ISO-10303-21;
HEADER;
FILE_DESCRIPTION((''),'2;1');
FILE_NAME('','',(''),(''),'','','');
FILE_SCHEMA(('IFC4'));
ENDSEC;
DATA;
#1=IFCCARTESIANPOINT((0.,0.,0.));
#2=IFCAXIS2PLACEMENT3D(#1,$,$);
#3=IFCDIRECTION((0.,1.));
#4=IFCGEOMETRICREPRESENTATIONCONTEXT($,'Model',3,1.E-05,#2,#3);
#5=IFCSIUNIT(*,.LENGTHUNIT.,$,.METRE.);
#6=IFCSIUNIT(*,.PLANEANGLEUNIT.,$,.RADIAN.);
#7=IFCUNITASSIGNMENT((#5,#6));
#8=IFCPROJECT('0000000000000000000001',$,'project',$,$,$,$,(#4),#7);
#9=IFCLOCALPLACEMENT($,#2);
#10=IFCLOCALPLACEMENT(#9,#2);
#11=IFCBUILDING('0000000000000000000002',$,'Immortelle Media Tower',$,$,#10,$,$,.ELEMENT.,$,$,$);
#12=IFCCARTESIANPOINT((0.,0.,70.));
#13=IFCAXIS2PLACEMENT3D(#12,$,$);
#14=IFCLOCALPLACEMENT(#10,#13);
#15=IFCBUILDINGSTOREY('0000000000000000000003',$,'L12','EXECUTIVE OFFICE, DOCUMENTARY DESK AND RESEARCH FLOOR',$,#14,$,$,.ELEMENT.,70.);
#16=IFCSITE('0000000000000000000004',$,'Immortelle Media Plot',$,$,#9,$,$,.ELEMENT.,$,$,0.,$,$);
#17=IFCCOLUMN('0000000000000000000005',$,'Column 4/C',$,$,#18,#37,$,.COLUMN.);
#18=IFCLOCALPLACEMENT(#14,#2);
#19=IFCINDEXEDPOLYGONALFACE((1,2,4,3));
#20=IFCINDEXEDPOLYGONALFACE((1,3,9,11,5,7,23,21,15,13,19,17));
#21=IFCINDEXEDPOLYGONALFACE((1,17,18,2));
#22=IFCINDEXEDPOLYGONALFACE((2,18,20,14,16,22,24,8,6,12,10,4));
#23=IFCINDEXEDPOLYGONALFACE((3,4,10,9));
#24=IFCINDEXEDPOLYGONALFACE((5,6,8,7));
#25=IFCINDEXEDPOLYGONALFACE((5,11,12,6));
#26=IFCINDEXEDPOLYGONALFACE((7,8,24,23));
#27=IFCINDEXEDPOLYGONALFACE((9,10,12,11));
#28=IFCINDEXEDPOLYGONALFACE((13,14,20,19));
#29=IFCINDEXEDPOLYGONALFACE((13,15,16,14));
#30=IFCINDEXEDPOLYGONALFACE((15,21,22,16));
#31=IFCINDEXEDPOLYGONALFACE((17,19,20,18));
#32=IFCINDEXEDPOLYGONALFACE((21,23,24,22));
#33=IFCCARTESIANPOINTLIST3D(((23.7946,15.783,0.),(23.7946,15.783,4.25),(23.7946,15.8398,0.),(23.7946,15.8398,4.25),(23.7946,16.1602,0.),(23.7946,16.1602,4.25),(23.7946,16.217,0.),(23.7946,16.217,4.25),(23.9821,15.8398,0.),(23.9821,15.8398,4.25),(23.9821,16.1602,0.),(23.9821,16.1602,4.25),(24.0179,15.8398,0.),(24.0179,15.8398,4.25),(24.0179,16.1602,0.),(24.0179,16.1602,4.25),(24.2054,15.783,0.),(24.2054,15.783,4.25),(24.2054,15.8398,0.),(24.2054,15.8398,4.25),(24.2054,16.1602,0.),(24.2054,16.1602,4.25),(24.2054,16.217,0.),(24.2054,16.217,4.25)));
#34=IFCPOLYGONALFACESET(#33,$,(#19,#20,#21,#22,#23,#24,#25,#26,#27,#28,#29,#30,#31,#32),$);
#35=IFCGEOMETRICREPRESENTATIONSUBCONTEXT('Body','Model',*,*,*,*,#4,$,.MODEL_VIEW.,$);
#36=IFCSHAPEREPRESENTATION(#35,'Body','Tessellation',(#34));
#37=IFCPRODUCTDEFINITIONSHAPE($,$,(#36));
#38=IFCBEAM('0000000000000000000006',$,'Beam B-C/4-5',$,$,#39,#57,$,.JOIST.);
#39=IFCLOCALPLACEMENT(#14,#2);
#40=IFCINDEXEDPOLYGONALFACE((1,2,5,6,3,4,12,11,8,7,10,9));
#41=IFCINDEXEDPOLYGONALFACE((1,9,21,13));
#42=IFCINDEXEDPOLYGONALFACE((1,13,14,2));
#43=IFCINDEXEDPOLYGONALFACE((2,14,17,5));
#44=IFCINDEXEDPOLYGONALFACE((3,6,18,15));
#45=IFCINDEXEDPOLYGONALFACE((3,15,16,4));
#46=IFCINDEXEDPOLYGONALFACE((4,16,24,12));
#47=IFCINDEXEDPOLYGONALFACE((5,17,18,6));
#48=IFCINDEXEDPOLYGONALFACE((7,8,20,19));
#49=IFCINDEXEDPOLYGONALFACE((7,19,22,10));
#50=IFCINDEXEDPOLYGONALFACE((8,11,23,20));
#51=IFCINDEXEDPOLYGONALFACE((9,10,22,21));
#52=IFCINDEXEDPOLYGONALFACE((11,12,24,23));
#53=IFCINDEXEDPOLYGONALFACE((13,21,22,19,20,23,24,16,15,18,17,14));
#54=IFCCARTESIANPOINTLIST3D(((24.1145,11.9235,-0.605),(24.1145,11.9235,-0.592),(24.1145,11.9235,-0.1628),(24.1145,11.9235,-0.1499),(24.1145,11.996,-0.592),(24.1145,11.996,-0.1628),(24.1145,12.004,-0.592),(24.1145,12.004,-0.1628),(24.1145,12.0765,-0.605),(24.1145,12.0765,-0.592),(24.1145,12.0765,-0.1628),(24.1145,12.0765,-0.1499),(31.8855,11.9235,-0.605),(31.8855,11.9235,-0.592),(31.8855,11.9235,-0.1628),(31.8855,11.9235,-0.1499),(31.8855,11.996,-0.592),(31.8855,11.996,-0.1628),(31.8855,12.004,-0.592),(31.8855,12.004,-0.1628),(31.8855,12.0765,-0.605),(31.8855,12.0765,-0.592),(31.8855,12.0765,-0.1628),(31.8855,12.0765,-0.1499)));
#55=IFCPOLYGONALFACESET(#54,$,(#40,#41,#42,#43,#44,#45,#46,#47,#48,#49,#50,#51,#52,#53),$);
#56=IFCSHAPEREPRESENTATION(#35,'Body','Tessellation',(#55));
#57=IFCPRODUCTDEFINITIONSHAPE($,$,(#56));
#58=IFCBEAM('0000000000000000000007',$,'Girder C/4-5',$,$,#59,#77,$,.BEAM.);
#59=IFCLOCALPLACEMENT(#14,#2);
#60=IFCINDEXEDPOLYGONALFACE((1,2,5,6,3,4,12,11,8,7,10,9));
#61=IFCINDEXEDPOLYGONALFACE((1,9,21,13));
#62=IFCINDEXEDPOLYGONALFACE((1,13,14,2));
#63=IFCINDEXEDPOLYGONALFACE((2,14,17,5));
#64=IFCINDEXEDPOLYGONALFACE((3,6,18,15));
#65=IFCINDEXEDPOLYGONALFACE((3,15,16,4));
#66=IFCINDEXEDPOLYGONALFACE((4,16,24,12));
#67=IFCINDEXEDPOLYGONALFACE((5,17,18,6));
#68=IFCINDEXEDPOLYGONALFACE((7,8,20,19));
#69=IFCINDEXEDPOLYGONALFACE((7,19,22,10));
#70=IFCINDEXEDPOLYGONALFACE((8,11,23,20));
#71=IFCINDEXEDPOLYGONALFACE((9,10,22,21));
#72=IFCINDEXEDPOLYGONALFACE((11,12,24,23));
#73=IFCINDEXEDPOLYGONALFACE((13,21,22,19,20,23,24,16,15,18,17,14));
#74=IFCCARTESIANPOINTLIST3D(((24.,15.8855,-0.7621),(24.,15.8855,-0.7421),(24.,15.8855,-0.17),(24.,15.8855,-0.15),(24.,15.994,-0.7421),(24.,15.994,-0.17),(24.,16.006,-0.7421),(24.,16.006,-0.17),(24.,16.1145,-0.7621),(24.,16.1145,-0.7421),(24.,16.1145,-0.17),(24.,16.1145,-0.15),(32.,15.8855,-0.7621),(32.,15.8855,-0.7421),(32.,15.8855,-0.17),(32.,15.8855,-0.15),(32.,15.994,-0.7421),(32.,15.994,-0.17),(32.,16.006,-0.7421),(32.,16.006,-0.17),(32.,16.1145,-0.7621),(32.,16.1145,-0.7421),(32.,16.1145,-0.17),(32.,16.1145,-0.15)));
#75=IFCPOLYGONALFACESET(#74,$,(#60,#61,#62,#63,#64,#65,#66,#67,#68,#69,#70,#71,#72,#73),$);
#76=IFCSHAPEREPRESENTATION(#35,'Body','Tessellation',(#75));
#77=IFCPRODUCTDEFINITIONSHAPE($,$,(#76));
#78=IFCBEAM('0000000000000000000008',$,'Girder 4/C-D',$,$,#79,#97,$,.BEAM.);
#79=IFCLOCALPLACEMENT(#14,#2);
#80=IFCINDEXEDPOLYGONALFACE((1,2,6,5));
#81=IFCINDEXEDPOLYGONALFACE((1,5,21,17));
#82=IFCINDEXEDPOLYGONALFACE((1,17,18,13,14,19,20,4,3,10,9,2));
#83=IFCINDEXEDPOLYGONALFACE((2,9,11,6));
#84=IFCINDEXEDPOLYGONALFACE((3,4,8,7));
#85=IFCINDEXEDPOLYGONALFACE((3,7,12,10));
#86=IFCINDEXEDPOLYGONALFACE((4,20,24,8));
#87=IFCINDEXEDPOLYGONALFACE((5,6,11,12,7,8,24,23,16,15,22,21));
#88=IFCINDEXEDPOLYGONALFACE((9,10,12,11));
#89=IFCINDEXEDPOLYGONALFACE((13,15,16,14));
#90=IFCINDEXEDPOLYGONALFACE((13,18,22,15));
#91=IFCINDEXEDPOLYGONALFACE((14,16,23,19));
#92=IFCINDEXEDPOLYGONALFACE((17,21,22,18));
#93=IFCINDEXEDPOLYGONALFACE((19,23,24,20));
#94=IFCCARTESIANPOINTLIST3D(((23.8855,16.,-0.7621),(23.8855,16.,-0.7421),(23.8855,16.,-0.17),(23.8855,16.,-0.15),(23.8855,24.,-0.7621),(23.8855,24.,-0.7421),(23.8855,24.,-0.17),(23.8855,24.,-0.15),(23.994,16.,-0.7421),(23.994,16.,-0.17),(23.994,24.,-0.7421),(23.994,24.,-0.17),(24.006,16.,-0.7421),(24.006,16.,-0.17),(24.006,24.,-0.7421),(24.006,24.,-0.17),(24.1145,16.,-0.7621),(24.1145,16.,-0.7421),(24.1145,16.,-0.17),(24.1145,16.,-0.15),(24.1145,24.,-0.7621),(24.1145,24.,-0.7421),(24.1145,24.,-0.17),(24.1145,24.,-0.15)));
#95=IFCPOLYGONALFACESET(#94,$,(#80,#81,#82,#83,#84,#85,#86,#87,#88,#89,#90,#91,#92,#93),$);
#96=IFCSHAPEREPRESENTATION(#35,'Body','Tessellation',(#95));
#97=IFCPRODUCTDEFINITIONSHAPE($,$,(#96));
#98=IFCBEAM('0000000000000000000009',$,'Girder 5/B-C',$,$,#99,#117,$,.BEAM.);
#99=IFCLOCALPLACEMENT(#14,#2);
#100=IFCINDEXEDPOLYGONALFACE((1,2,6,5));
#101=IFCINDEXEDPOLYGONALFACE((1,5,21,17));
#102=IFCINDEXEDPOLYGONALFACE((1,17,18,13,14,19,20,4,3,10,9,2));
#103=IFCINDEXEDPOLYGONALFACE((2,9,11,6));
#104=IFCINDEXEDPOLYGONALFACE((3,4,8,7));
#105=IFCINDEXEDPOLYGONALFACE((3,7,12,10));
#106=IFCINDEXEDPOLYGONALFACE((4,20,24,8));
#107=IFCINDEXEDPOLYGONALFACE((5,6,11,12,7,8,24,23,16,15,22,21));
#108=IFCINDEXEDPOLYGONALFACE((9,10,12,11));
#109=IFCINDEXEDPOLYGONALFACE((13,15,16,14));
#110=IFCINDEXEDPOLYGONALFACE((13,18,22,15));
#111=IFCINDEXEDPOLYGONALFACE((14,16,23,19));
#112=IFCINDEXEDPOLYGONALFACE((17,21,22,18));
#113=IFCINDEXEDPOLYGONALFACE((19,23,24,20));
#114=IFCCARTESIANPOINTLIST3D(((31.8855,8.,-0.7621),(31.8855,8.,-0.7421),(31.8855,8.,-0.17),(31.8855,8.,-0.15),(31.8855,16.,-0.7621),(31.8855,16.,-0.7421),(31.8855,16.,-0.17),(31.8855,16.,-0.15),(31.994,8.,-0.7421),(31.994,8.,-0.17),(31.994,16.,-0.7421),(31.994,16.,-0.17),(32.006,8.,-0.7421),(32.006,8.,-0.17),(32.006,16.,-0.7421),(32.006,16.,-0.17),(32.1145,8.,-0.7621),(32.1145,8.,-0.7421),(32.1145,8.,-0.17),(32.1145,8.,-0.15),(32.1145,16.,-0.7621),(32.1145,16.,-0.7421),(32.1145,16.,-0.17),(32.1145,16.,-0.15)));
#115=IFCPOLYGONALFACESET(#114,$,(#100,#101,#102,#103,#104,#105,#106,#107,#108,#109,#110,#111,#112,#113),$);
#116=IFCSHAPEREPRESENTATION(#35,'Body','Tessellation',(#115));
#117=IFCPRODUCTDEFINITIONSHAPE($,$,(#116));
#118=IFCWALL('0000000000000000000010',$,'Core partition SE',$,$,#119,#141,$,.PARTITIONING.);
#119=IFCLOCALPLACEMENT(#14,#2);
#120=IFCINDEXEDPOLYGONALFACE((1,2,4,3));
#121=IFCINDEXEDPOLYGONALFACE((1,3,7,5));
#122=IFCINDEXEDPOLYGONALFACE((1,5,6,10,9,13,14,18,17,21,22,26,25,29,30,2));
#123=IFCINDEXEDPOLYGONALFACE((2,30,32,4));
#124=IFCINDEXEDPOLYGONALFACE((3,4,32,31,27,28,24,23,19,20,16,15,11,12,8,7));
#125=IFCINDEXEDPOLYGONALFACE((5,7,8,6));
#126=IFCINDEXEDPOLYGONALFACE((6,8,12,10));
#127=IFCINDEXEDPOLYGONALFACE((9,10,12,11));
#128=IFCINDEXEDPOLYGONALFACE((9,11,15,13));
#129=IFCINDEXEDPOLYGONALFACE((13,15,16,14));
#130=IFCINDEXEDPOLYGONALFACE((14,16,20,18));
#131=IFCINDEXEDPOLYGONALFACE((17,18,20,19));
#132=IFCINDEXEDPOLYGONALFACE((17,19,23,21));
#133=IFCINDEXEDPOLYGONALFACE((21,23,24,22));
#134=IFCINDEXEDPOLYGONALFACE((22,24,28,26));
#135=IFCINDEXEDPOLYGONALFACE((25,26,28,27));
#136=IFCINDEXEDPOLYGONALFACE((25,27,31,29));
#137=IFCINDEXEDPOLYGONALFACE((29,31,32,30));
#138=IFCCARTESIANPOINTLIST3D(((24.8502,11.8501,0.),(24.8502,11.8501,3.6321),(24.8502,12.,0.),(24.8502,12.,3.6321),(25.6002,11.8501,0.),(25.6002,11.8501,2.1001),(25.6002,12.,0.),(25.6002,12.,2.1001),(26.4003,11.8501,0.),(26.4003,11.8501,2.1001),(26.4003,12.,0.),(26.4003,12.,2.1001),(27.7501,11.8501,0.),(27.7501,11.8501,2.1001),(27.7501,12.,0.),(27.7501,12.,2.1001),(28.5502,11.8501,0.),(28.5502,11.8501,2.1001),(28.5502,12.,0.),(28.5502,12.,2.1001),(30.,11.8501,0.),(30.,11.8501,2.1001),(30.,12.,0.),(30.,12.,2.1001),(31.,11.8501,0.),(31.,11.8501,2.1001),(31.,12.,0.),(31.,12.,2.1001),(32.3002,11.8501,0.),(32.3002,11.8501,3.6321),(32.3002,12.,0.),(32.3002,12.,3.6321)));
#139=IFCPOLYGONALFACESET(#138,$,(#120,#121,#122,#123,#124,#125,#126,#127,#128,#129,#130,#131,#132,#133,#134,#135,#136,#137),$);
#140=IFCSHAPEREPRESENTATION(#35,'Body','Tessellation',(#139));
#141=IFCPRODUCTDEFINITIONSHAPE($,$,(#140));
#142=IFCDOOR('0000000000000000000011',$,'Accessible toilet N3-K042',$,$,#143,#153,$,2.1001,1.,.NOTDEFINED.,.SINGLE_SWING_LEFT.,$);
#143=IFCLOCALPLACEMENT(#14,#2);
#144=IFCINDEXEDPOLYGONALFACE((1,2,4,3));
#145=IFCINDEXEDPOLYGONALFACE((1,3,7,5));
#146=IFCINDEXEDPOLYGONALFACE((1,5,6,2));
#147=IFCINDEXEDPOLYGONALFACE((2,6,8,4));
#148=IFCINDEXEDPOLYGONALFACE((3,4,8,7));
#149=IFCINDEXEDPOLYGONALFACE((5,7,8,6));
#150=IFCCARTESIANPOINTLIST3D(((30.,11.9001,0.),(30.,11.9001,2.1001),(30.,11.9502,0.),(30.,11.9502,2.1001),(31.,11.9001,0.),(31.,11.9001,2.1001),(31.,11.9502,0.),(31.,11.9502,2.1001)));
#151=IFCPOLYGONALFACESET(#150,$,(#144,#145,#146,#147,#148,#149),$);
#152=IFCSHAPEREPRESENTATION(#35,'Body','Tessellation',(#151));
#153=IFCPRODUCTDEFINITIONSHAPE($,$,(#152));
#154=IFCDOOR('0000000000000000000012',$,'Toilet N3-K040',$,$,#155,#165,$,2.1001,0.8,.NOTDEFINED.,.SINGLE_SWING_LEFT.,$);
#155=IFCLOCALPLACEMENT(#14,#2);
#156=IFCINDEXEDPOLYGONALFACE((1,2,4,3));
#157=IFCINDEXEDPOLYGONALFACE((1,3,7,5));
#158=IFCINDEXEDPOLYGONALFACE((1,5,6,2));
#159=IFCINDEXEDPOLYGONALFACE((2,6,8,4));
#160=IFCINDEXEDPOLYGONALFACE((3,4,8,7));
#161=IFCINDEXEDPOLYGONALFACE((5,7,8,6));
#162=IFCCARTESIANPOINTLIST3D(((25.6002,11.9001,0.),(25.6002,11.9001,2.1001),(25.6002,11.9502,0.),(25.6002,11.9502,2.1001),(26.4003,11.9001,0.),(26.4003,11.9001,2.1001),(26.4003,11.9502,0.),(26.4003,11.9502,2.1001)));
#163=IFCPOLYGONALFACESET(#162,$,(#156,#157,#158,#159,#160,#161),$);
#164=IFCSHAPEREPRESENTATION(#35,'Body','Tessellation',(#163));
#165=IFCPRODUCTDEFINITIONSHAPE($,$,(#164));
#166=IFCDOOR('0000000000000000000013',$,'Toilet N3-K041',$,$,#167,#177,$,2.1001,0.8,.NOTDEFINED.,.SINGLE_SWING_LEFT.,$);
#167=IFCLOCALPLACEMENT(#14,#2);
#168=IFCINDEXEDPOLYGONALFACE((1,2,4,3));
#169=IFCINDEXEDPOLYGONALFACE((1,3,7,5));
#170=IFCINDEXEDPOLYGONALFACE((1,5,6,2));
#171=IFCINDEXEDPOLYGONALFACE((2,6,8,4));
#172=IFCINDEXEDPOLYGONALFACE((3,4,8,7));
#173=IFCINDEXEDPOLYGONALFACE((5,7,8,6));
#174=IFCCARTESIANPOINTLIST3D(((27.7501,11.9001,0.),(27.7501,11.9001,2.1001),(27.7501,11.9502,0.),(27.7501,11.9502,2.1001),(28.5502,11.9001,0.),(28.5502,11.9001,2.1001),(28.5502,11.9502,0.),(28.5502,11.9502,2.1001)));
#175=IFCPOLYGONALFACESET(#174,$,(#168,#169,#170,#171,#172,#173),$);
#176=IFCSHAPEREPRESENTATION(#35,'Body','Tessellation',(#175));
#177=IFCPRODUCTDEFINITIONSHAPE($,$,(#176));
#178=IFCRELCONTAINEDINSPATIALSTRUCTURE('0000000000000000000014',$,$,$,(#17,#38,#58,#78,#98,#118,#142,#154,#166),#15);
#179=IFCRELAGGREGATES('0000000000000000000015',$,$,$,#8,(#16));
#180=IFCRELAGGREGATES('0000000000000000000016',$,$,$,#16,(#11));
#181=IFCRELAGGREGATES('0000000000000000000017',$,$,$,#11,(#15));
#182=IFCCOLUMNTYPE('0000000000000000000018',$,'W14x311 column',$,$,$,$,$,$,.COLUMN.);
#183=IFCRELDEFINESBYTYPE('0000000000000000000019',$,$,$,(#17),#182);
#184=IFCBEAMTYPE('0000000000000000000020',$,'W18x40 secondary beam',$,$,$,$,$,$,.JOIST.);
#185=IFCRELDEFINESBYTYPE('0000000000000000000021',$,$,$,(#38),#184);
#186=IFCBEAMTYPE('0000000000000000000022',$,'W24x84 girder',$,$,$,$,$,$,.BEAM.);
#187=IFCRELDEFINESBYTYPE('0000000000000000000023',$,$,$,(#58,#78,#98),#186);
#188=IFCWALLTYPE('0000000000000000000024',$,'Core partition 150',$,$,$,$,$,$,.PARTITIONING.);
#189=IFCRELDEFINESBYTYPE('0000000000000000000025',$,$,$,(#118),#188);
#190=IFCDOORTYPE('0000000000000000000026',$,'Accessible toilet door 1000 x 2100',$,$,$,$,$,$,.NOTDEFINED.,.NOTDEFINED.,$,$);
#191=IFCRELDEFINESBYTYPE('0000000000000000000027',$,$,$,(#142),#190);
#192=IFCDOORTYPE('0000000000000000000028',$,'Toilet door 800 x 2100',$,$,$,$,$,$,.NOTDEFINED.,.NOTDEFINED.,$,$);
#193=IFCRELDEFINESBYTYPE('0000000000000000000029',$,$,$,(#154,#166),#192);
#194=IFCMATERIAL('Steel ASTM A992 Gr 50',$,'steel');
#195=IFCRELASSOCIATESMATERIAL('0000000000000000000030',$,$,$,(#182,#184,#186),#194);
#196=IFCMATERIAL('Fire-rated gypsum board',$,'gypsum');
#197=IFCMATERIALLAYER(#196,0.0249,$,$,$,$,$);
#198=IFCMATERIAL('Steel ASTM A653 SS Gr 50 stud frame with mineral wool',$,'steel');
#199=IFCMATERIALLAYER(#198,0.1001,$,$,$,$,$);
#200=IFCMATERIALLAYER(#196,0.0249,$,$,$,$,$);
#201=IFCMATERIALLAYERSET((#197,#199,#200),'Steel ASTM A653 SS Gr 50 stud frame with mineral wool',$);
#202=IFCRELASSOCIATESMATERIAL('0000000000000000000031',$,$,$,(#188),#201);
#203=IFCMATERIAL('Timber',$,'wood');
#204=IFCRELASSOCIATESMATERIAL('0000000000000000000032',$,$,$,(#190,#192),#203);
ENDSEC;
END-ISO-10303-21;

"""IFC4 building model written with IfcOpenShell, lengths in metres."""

from ifc_helpers import new_model, si_unit, direction, frame, frame_2d, origin, origin_2d, place, context, subcontext, project, spatial, rectangle, i_section, extrude, material, layer, layer_set, material_profile, profile_set, type_object, element, fill, save


model = new_model("IFC4")

# Units and contexts
model_context = context("Model", 3, precision=1e-05, world=origin(), true_north=direction((0.0, 1.0)))
body_context = subcontext(model_context, "Body", "Model", "MODEL_VIEW")
ifc_project = project(units=[si_unit("LENGTHUNIT", "METRE"), si_unit("PLANEANGLEUNIT", "RADIAN")], contexts=[model_context])

# Site, building, storey
site_placement = place(None, origin())
site = spatial("IfcSite", under=ifc_project, at=site_placement, Name="Immortelle Media Plot", CompositionType="ELEMENT", RefElevation=0.0)
building_placement = place(site_placement, origin())
building = spatial("IfcBuilding", under=site, at=building_placement, Name="Immortelle Media Tower", CompositionType="ELEMENT")
storey_placement = place(building_placement, frame((0.0, 0.0, 70.0)))
storey = spatial("IfcBuildingStorey", under=building, at=storey_placement, Name="L12", Description="EXECUTIVE OFFICE, DOCUMENTARY DESK AND RESEARCH FLOOR", CompositionType="ELEMENT", Elevation=70.0)

# Column
ifc_material_1 = material(Name="Steel ASTM A992 Gr 50", Category="steel")
ifc_material_profile_1 = material_profile(ifc_material_1, i_section(OverallWidth=0.4109, OverallDepth=0.4341, WebThickness=0.0359, FlangeThickness=0.0569, at=origin_2d()), Name="W14x311")
ifc_profile_set_1 = profile_set([ifc_material_profile_1], Name="Steel ASTM A992 Gr 50")
column_type = type_object("IfcColumnType", Name="W14x311 column", PredefinedType="COLUMN", material=ifc_profile_set_1)
column_placement = place(storey_placement, frame((24.0, 16.0, 0.0), z_axis=(0.0, 0.0, 1.0), x_axis=(1.0, 0.0, 0.0)))
element("IfcColumn", 1, at=column_placement, inside=storey, type_object=column_type, Name="Column 4/C", PredefinedType="COLUMN", context=body_context, shape_type="SweptSolid", body=[
    extrude(i_section(OverallWidth=0.4109, OverallDepth=0.4341, WebThickness=0.0359, FlangeThickness=0.0569, at=origin_2d()), origin(), (0.0, 0.0, 1.0), 4.25),
])

# Beams
ifc_material_profile_2 = material_profile(ifc_material_1, i_section(OverallWidth=0.1531, OverallDepth=0.4551, WebThickness=0.0081, FlangeThickness=0.0129, at=origin_2d()), Name="W18x40")
ifc_profile_set_2 = profile_set([ifc_material_profile_2], Name="Steel ASTM A992 Gr 50")
beam_type_1 = type_object("IfcBeamType", Name="W18x40 secondary beam", PredefinedType="JOIST", material=ifc_profile_set_2)
beam_placement = place(storey_placement, frame((24.1145, 12.0, -0.3774), z_axis=(1.0, 0.0, 0.0), x_axis=(0.0, 1.0, 0.0)))
element("IfcBeam", 2, at=beam_placement, inside=storey, type_object=beam_type_1, Name="Beam B-C/4-5", PredefinedType="JOIST", context=body_context, shape_type="SweptSolid", body=[
    extrude(i_section(OverallWidth=0.1531, OverallDepth=0.4551, WebThickness=0.0081, FlangeThickness=0.0129, at=origin_2d()), origin(), (0.0, 0.0, 1.0), 7.771),
])
ifc_material_profile_3 = material_profile(ifc_material_1, i_section(OverallWidth=0.229, OverallDepth=0.6121, WebThickness=0.012, FlangeThickness=0.02, at=origin_2d()), Name="W24x84")
ifc_profile_set_3 = profile_set([ifc_material_profile_3], Name="Steel ASTM A992 Gr 50")
beam_type_2 = type_object("IfcBeamType", Name="W24x84 girder", PredefinedType="BEAM", material=ifc_profile_set_3)
for number, where, z_axis, x_axis, name in (
    (3, (24.0, 16.0, -0.4561), (1.0, 0.0, 0.0), (0.0, 1.0, 0.0), "Girder C/4-5"),
    (4, (24.0, 16.0, -0.4561), (0.0, 1.0, 0.0), (-1.0, 0.0, 0.0), "Girder 4/C-D"),
    (5, (32.0, 8.0, -0.4561), (0.0, 1.0, 0.0), (-1.0, 0.0, 0.0), "Girder 5/B-C"),
):
    element("IfcBeam", number, at=place(storey_placement, frame(where, z_axis=z_axis, x_axis=x_axis)), inside=storey, type_object=beam_type_2, Name=name, PredefinedType="BEAM", context=body_context, shape_type="SweptSolid", body=[
        extrude(i_section(OverallWidth=0.229, OverallDepth=0.6121, WebThickness=0.012, FlangeThickness=0.02, at=origin_2d()), origin(), (0.0, 0.0, 1.0), 8.0),
    ])

# Wall, openings, doors
ifc_material_2 = material(Name="Fire-rated gypsum board", Category="gypsum")
ifc_layer_1 = layer(ifc_material_2, 0.0249)
ifc_material_3 = material(Name="Steel ASTM A653 SS Gr 50 stud frame with mineral wool", Category="steel")
ifc_layer_2 = layer(ifc_material_3, 0.1001)
ifc_layer_3 = layer(ifc_material_2, 0.0249)
ifc_layer_set_1 = layer_set([ifc_layer_1, ifc_layer_2, ifc_layer_3], Name="Steel ASTM A653 SS Gr 50 stud frame with mineral wool")
wall_type_1 = type_object("IfcWallType", Name="Core partition 150", PredefinedType="PARTITIONING", material=ifc_layer_set_1)
wall_1_placement = place(storey_placement, frame((24.8501, 11.925, 0.0), z_axis=(0.0, 0.0, 1.0), x_axis=(1.0, 0.0, 0.0)))
wall_1 = element("IfcWall", 6, at=wall_1_placement, inside=storey, type_object=wall_type_1, Name="Core partition SE", PredefinedType="PARTITIONING", context=body_context, shape_type="SweptSolid", body=[
    extrude(rectangle(XDim=7.45, YDim=0.1499, at=frame_2d((3.7251, 0.0))), origin(), (0.0, 0.0, 1.0), 3.6321),
])
opening_1_placement = place(wall_1_placement, frame((1.55, 0.0, 0.0), z_axis=(0.0, 0.0, 1.0), x_axis=(-1.0, 0.0, 0.0)))
opening_1 = element("IfcOpeningElement", 7, at=opening_1_placement, cuts=wall_1, PredefinedType="OPENING", context=body_context, shape_type="SweptSolid", body=[
    extrude(rectangle(XDim=0.8, YDim=2.1001, at=frame_2d((0.3999, 1.05))), frame((0.0, 0.085, 0.0), z_axis=(0.0, -1.0, 0.0), x_axis=(1.0, 0.0, 0.0)), (0.0, 0.0, 1.0), 0.1699),
])
opening_2_placement = place(wall_1_placement, frame((3.7, 0.0, 0.0), z_axis=(0.0, 0.0, 1.0), x_axis=(-1.0, 0.0, 0.0)))
opening_2 = element("IfcOpeningElement", 8, at=opening_2_placement, cuts=wall_1, PredefinedType="OPENING", context=body_context, shape_type="SweptSolid", body=[
    extrude(rectangle(XDim=0.8, YDim=2.1001, at=frame_2d((0.3999, 1.05))), frame((0.0, 0.085, 0.0), z_axis=(0.0, -1.0, 0.0), x_axis=(1.0, 0.0, 0.0)), (0.0, 0.0, 1.0), 0.1699),
])
opening_3_placement = place(wall_1_placement, frame((6.1499, 0.0, 0.0), z_axis=(0.0, 0.0, 1.0), x_axis=(-1.0, 0.0, 0.0)))
opening_3 = element("IfcOpeningElement", 9, at=opening_3_placement, cuts=wall_1, PredefinedType="OPENING", context=body_context, shape_type="SweptSolid", body=[
    extrude(rectangle(XDim=1.0, YDim=2.1001, at=frame_2d((0.5, 1.05))), frame((0.0, 0.085, 0.0), z_axis=(0.0, -1.0, 0.0), x_axis=(1.0, 0.0, 0.0)), (0.0, 0.0, 1.0), 0.1699),
])
ifc_material_4 = material(Name="Timber", Category="wood")
door_type_1 = type_object("IfcDoorType", Name="Accessible toilet door 1000 x 2100", OperationType="NOTDEFINED", PredefinedType="NOTDEFINED", material=ifc_material_4)
door_1_placement = place(opening_3_placement, origin())
door_1 = element("IfcDoor", 10, at=door_1_placement, inside=storey, type_object=door_type_1, Name="Accessible toilet N3-K042", OperationType="SINGLE_SWING_LEFT", OverallHeight=2.1001, OverallWidth=1.0, PredefinedType="NOTDEFINED", context=body_context, shape_type="SweptSolid", body=[
    extrude(rectangle(XDim=1.0, YDim=2.1001, at=frame_2d((0.5, 1.05))), frame((0.0, 0.0249, 0.0), z_axis=(0.0, -1.0, 0.0), x_axis=(1.0, 0.0, 0.0)), (0.0, 0.0, 1.0), 0.05),
])
fill(opening_3, door_1)
door_type_2 = type_object("IfcDoorType", Name="Toilet door 800 x 2100", OperationType="NOTDEFINED", PredefinedType="NOTDEFINED", material=ifc_material_4)
door_2_placement = place(opening_1_placement, origin())
door_2 = element("IfcDoor", 11, at=door_2_placement, inside=storey, type_object=door_type_2, Name="Toilet N3-K040", OperationType="SINGLE_SWING_LEFT", OverallHeight=2.1001, OverallWidth=0.8, PredefinedType="NOTDEFINED", context=body_context, shape_type="SweptSolid", body=[
    extrude(rectangle(XDim=0.8, YDim=2.1001, at=frame_2d((0.3999, 1.05))), frame((0.0, 0.0249, 0.0), z_axis=(0.0, -1.0, 0.0), x_axis=(1.0, 0.0, 0.0)), (0.0, 0.0, 1.0), 0.05),
])
fill(opening_1, door_2)
door_3_placement = place(opening_2_placement, origin())
door_3 = element("IfcDoor", 12, at=door_3_placement, inside=storey, type_object=door_type_2, Name="Toilet N3-K041", OperationType="SINGLE_SWING_LEFT", OverallHeight=2.1001, OverallWidth=0.8, PredefinedType="NOTDEFINED", context=body_context, shape_type="SweptSolid", body=[
    extrude(rectangle(XDim=0.8, YDim=2.1001, at=frame_2d((0.3999, 1.05))), frame((0.0, 0.0249, 0.0), z_axis=(0.0, -1.0, 0.0), x_axis=(1.0, 0.0, 0.0)), (0.0, 0.0, 1.0), 0.05),
])
fill(opening_2, door_3)

save(model, "model.ifc")
